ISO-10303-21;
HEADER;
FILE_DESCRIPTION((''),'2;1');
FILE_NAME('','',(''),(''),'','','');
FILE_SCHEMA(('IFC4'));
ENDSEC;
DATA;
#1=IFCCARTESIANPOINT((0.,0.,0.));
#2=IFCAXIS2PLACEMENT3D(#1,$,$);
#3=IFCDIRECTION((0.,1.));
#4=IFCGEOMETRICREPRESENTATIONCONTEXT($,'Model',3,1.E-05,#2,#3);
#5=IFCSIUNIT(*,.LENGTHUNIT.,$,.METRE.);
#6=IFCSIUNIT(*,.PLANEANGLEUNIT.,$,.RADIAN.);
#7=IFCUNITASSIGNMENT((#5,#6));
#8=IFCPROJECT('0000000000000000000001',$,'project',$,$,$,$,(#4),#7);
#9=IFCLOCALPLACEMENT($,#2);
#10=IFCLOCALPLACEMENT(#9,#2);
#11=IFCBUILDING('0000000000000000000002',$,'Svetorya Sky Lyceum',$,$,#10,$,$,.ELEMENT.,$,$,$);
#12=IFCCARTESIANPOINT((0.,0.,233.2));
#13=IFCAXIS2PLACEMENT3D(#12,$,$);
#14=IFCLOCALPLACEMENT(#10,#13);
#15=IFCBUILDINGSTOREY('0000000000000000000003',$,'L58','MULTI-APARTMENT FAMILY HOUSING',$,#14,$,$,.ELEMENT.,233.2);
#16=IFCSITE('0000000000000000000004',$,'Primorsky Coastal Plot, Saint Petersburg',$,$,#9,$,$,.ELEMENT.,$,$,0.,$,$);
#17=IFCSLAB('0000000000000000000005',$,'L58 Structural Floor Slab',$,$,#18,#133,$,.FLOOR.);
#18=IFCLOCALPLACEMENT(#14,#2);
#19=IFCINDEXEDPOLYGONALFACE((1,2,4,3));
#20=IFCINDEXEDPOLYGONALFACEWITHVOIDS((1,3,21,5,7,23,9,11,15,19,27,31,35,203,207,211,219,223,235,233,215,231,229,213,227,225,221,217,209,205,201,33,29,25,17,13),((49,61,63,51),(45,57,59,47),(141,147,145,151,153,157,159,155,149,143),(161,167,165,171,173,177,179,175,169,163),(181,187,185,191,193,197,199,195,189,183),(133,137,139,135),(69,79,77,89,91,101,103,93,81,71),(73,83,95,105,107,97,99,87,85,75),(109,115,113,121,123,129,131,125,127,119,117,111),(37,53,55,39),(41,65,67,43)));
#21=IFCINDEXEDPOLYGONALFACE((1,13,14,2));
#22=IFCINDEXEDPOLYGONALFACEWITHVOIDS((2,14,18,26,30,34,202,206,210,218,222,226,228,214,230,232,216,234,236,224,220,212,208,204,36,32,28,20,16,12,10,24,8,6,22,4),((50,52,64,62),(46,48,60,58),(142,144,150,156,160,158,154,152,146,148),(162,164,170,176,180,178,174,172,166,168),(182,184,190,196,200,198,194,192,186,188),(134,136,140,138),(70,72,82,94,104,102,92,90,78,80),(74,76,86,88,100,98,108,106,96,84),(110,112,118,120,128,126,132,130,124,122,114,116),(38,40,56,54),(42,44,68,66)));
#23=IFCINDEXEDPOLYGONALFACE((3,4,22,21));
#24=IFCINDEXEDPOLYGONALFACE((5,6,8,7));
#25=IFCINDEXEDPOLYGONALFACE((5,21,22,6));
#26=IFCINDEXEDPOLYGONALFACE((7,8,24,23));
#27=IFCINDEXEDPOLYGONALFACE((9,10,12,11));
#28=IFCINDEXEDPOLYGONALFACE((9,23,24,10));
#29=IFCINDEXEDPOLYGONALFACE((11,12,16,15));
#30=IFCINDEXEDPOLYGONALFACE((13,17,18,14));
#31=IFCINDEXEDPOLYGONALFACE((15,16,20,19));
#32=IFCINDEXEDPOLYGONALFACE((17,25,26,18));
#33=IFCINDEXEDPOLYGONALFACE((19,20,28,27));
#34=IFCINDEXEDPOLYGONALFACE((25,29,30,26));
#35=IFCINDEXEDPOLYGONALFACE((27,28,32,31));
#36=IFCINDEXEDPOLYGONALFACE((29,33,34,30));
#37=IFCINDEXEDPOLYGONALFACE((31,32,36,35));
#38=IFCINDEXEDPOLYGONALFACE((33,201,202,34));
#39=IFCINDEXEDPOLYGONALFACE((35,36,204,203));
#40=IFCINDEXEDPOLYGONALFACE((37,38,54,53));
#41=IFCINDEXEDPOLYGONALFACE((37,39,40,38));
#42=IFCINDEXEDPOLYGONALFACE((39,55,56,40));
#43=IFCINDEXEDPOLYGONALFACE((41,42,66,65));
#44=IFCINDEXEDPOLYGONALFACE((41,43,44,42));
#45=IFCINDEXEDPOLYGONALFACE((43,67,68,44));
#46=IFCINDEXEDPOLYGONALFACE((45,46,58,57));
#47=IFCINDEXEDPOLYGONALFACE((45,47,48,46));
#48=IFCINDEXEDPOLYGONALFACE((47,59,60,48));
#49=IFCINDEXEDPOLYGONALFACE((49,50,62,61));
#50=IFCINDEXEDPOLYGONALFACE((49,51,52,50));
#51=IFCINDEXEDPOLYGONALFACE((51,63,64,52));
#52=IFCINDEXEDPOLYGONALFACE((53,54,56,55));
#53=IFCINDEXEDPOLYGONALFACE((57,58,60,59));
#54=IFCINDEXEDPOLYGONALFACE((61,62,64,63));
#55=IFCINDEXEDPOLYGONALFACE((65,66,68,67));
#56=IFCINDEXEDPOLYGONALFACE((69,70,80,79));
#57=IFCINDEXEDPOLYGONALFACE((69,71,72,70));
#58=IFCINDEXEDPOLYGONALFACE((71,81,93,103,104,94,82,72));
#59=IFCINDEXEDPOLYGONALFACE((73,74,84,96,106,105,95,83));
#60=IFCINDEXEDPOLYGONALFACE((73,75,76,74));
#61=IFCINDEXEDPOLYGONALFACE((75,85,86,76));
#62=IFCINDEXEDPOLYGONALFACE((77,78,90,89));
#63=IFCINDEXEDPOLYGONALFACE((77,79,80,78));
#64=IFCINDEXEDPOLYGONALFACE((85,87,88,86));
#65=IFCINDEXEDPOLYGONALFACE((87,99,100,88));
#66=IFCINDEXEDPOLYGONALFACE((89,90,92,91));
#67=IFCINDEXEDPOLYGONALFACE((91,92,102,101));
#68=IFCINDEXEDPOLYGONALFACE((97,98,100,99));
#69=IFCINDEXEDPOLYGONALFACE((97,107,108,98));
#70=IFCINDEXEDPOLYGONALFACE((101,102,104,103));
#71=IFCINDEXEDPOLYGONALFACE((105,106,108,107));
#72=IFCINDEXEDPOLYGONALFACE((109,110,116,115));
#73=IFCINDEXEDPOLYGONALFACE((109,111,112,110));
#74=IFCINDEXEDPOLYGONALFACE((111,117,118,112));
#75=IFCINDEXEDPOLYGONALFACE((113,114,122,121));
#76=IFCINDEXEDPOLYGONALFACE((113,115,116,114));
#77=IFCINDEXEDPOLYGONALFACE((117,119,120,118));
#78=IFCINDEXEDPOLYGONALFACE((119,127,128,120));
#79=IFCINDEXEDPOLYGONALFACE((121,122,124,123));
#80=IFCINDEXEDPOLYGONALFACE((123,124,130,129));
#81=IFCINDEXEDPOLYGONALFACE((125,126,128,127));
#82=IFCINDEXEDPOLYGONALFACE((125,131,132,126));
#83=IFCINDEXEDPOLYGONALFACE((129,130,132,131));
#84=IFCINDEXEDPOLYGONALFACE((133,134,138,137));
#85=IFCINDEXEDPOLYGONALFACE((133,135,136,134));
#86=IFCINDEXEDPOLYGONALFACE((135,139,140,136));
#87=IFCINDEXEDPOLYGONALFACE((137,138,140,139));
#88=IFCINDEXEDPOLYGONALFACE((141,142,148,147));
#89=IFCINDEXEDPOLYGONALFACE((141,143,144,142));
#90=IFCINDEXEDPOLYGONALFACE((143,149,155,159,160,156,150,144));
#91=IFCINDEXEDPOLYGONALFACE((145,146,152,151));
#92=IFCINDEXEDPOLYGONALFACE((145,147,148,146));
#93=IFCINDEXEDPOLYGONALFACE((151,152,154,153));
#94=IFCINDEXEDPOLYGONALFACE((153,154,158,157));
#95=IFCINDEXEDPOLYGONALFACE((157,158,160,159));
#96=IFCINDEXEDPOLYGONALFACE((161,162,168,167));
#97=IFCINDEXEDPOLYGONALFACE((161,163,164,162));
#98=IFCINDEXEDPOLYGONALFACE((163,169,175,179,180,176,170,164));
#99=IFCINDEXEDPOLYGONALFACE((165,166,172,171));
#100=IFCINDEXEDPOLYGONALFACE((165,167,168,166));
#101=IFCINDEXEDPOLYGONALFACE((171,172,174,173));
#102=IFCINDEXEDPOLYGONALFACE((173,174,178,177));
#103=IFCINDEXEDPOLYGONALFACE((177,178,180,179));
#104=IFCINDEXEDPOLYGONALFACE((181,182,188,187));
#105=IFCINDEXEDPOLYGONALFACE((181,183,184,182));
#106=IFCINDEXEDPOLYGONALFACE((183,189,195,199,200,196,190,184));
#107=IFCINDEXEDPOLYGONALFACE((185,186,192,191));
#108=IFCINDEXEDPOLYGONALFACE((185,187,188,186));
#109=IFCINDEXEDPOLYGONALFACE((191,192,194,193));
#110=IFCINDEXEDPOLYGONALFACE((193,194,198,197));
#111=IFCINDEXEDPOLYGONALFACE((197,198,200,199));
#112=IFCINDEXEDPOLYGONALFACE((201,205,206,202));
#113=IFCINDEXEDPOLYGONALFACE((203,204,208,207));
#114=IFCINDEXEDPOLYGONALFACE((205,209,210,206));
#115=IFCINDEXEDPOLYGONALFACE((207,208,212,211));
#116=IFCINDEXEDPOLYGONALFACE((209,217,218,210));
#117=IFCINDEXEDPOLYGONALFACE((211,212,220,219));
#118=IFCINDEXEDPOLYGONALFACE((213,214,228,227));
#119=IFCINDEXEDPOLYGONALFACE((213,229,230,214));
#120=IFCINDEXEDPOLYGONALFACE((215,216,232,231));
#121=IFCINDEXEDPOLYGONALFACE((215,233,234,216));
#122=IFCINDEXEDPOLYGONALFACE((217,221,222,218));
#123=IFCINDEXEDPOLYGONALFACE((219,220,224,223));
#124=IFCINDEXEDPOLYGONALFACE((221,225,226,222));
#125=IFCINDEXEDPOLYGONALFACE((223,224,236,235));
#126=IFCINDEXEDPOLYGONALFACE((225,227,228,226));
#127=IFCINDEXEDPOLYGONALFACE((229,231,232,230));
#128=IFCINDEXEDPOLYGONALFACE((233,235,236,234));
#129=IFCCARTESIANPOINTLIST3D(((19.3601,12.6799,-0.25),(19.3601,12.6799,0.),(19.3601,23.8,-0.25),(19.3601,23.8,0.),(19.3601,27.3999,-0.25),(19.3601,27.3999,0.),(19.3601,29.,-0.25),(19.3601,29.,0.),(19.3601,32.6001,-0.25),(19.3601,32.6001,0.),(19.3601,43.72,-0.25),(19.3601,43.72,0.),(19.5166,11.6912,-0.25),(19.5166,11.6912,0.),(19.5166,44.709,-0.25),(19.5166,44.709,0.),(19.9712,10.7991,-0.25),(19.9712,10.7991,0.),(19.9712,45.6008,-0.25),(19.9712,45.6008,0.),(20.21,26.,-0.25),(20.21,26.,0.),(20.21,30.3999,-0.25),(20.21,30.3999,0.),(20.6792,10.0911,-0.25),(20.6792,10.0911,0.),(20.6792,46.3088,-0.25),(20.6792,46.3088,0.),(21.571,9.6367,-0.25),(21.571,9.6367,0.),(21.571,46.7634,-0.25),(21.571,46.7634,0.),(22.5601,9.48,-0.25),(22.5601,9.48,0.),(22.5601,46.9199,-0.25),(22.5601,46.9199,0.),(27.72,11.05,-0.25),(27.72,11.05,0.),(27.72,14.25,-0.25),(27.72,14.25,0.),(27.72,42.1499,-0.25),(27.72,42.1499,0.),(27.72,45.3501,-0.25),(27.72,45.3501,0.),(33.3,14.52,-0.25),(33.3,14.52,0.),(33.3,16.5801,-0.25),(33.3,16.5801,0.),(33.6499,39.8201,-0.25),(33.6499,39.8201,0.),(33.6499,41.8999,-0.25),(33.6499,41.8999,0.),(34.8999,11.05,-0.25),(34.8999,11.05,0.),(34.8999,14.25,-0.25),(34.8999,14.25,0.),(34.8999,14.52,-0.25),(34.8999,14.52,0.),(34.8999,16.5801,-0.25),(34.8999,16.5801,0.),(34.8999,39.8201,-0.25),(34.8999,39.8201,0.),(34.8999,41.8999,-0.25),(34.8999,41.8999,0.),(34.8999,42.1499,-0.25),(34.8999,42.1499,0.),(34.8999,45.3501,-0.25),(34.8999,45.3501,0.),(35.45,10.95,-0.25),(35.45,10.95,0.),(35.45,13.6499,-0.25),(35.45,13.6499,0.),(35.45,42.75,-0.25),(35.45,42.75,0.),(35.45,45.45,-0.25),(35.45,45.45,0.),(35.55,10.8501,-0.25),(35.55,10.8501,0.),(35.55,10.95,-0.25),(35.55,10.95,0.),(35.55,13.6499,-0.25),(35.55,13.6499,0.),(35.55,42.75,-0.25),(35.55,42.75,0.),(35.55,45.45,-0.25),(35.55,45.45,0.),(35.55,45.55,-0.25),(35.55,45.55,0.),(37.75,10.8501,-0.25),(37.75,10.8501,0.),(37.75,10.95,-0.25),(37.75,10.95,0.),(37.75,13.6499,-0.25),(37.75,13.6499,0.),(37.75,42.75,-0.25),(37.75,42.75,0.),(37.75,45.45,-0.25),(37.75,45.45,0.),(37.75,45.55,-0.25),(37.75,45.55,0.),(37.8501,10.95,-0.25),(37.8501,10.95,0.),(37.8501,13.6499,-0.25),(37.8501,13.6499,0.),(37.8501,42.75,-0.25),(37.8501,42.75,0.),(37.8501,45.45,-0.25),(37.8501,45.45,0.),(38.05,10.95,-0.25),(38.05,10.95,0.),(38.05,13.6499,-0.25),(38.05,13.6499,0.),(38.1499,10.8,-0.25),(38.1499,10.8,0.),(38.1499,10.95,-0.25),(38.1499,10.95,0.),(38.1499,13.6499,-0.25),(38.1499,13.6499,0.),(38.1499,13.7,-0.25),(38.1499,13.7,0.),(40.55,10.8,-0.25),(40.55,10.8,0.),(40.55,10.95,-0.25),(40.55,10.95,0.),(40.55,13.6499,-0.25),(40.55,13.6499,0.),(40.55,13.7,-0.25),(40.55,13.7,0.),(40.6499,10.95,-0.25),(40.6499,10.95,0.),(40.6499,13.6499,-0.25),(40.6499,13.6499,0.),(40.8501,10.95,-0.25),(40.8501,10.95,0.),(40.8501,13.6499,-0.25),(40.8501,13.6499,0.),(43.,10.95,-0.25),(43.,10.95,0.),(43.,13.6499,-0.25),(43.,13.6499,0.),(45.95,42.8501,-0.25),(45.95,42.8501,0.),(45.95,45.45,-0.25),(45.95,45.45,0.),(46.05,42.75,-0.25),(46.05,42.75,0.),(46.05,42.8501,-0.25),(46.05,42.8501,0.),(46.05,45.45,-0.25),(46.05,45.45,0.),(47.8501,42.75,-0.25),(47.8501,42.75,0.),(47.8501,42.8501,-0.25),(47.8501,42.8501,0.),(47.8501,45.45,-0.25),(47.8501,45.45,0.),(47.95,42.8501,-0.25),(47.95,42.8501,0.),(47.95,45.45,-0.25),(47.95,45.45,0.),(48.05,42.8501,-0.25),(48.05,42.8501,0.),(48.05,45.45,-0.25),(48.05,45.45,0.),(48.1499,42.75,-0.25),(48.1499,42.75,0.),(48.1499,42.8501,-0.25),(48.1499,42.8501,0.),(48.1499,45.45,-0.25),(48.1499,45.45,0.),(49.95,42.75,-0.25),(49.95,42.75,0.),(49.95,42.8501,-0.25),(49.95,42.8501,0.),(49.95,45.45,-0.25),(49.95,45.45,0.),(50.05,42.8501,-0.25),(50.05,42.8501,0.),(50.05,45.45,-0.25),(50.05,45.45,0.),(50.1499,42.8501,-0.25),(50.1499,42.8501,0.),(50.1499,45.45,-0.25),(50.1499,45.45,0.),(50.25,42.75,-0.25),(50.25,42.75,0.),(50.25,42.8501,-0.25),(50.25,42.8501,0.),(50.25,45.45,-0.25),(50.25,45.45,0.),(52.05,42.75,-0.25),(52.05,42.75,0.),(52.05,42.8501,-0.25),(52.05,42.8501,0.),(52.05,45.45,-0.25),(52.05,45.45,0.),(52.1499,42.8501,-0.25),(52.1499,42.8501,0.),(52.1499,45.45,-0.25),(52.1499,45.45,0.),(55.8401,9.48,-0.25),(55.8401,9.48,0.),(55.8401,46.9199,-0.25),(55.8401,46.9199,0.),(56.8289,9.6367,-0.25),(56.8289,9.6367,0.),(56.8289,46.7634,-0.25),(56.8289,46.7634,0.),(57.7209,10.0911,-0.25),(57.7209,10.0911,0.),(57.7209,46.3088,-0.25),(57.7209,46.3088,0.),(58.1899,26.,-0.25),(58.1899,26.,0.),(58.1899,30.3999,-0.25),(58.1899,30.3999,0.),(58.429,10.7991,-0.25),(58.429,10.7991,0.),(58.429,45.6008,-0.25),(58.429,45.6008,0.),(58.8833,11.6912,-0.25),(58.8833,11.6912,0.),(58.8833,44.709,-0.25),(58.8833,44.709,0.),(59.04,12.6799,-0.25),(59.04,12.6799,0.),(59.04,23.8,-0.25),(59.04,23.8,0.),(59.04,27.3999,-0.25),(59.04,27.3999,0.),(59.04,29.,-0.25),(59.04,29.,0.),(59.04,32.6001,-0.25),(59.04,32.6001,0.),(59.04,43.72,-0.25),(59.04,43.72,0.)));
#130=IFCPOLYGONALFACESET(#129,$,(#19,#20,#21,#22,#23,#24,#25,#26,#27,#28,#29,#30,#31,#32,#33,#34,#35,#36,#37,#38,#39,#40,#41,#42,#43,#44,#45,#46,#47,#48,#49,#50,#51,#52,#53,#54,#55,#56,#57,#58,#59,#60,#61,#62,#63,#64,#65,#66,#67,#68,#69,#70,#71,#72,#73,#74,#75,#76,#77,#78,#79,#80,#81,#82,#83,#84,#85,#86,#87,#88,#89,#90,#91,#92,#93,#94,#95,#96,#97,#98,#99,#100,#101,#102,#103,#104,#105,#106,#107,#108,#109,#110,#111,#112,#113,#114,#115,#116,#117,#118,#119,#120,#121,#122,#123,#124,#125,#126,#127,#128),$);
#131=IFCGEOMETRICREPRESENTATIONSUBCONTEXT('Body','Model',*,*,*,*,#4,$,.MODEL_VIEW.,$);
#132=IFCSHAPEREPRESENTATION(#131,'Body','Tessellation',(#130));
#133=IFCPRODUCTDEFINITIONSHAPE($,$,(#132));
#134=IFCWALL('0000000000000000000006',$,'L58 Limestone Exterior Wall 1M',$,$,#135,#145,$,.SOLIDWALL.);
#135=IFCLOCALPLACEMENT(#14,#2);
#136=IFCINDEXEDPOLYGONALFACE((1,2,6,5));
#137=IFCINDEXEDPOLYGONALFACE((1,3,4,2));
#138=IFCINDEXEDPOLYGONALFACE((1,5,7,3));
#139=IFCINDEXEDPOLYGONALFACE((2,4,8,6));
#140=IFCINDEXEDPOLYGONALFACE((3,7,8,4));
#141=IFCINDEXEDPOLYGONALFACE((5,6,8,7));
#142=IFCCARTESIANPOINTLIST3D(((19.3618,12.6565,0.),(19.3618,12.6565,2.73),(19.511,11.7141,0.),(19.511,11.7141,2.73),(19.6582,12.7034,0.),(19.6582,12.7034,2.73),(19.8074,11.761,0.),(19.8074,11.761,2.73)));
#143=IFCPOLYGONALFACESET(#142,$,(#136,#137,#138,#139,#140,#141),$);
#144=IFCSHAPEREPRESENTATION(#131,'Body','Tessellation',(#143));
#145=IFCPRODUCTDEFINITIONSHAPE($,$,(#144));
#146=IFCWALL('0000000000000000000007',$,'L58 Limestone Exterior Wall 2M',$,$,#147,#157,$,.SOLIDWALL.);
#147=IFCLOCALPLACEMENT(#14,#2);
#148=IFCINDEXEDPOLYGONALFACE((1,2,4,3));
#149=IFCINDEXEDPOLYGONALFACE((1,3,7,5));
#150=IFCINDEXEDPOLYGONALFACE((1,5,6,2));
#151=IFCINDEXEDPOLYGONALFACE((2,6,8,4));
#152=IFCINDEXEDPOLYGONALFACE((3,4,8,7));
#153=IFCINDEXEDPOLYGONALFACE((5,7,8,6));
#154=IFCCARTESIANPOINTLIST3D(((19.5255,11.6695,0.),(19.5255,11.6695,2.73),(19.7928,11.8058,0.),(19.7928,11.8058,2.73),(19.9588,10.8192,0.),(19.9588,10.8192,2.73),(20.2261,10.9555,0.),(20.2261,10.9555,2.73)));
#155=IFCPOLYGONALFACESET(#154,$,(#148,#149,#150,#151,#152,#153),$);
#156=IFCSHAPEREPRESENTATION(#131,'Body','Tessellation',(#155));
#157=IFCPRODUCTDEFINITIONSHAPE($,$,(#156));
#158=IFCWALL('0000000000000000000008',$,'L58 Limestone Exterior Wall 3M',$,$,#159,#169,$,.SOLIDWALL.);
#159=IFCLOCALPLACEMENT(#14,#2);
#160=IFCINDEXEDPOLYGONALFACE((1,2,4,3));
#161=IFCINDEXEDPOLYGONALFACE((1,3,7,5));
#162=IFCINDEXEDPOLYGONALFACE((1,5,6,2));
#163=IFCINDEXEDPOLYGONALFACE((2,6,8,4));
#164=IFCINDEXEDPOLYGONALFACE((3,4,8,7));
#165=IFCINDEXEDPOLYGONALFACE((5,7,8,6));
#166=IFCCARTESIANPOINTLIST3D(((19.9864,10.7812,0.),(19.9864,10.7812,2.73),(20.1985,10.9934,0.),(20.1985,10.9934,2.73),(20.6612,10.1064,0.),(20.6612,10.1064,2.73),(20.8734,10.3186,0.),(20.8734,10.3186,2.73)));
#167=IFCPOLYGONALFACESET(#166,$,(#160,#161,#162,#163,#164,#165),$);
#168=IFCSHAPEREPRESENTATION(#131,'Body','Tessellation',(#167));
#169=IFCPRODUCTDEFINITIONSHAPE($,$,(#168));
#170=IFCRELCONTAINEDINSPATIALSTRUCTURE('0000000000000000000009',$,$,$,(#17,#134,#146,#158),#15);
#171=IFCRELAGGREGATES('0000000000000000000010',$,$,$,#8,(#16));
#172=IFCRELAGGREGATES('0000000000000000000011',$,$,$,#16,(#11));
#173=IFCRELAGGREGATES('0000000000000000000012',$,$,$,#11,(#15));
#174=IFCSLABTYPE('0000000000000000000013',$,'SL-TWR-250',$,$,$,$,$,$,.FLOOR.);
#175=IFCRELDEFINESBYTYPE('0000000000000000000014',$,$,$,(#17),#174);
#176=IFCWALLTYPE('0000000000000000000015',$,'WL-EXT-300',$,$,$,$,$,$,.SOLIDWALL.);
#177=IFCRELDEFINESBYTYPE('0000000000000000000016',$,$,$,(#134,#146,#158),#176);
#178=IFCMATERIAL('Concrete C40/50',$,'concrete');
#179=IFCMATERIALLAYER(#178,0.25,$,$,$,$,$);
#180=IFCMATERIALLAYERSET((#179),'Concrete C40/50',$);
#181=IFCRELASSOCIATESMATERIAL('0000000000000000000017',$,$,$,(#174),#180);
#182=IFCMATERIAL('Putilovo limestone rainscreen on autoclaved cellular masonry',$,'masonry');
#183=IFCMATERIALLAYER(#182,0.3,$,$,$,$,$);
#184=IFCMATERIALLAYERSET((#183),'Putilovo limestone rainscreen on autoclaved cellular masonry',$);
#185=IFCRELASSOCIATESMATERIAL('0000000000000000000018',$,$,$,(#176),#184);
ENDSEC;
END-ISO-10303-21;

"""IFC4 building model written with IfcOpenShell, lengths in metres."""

from ifc_helpers import new_model, si_unit, direction, frame, frame_2d, origin, place, context, subcontext, project, spatial, polyline, rectangle, outline, extrude, material, layer, layer_set, type_object, element, save


model = new_model("IFC4")

# Units and contexts
model_context = context("Model", 3, precision=1e-05, world=origin(), true_north=direction((0.0, 1.0)))
body_context = subcontext(model_context, "Body", "Model", "MODEL_VIEW")
ifc_project = project(units=[si_unit("LENGTHUNIT", "METRE"), si_unit("PLANEANGLEUNIT", "RADIAN")], contexts=[model_context])

# Site, building, storey
site_placement = place(None, origin())
site = spatial("IfcSite", under=ifc_project, at=site_placement, Name="Primorsky Coastal Plot, Saint Petersburg", CompositionType="ELEMENT", RefElevation=0.0)
building_placement = place(site_placement, origin())
building = spatial("IfcBuilding", under=site, at=building_placement, Name="Svetorya Sky Lyceum", CompositionType="ELEMENT")
storey_placement = place(building_placement, frame((0.0, 0.0, 233.2)))
storey = spatial("IfcBuildingStorey", under=building, at=storey_placement, Name="L58", Description="MULTI-APARTMENT FAMILY HOUSING", CompositionType="ELEMENT", Elevation=233.2)

# Shared definitions
ifc_material_1 = material(Name="Concrete C40/50", Category="concrete")

# Slab
ifc_layer_1 = layer(ifc_material_1, 0.25)
ifc_layer_set_1 = layer_set([ifc_layer_1], Name="Concrete C40/50")
slab_type_1 = type_object("IfcSlabType", Name="SL-TWR-250", PredefinedType="FLOOR", material=ifc_layer_set_1)
slab_1_placement = place(storey_placement, frame((0.0, 0.0, -0.25)))
element("IfcSlab", 1, at=slab_1_placement, inside=storey, type_object=slab_type_1, Name="L58 Structural Floor Slab", PredefinedType="FLOOR", context=body_context, shape_type="SweptSolid", body=[
    extrude(outline(polyline([(19.3601, 12.6799), (19.5166, 11.6912), (19.9712, 10.7991), (20.6792, 10.0911), (21.571, 9.6367), (22.5601, 9.48), (55.8401, 9.48), (56.8289, 9.6367), (57.7209, 10.0911), (58.429, 10.7991), (58.8833, 11.6912), (59.04, 12.6799), (59.04, 23.8), (58.1899, 26.0), (59.04, 27.3999), (59.04, 29.0), (58.1899, 30.3999), (59.04, 32.6001), (59.04, 43.72), (58.8833, 44.709), (58.429, 45.6008), (57.7209, 46.3088), (56.8289, 46.7634), (55.8401, 46.9199), (22.5601, 46.9199), (21.571, 46.7634), (20.6792, 46.3088), (19.9712, 45.6008), (19.5166, 44.709), (19.3601, 43.72), (19.3601, 32.6001), (20.21, 30.3999), (19.3601, 29.0), (19.3601, 27.3999), (20.21, 26.0), (19.3601, 23.8), (19.3601, 12.6799)]), holes=[polyline([(37.8501, 10.95), (37.75, 10.95), (37.75, 10.8501), (35.55, 10.8501), (35.55, 10.95), (35.45, 10.95), (35.45, 13.6499), (35.55, 13.6499), (37.75, 13.6499), (37.8501, 13.6499), (37.8501, 10.95)]), polyline([(38.1499, 10.8), (38.1499, 10.95), (38.05, 10.95), (38.05, 13.6499), (38.1499, 13.6499), (38.1499, 13.7), (40.55, 13.7), (40.55, 13.6499), (40.6499, 13.6499), (40.6499, 10.95), (40.55, 10.95), (40.55, 10.8), (38.1499, 10.8)]), polyline([(27.72, 11.05), (27.72, 14.25), (34.8999, 14.25), (34.8999, 11.05), (27.72, 11.05)]), polyline([(33.3, 14.52), (33.3, 16.5801), (34.8999, 16.5801), (34.8999, 14.52), (33.3, 14.52)]), polyline([(33.6499, 39.8201), (33.6499, 41.8999), (34.8999, 41.8999), (34.8999, 39.8201), (33.6499, 39.8201)]), polyline([(27.72, 42.1499), (27.72, 45.3501), (34.8999, 45.3501), (34.8999, 42.1499), (27.72, 42.1499)]), polyline([(37.75, 42.75), (35.55, 42.75), (35.45, 42.75), (35.45, 45.45), (35.55, 45.45), (35.55, 45.55), (37.75, 45.55), (37.75, 45.45), (37.8501, 45.45), (37.8501, 42.75), (37.75, 42.75)]), polyline([(40.8501, 10.95), (40.8501, 13.6499), (43.0, 13.6499), (43.0, 10.95), (40.8501, 10.95)]), polyline([(46.05, 42.75), (46.05, 42.8501), (45.95, 42.8501), (45.95, 45.45), (46.05, 45.45), (47.8501, 45.45), (47.95, 45.45), (47.95, 42.8501), (47.8501, 42.8501), (47.8501, 42.75), (46.05, 42.75)]), polyline([(50.05, 42.8501), (49.95, 42.8501), (49.95, 42.75), (48.1499, 42.75), (48.1499, 42.8501), (48.05, 42.8501), (48.05, 45.45), (48.1499, 45.45), (49.95, 45.45), (50.05, 45.45), (50.05, 42.8501)]), polyline([(52.1499, 42.8501), (52.05, 42.8501), (52.05, 42.75), (50.25, 42.75), (50.25, 42.8501), (50.1499, 42.8501), (50.1499, 45.45), (50.25, 45.45), (52.05, 45.45), (52.1499, 45.45), (52.1499, 42.8501)])]), origin(), (0.0, 0.0, 1.0), 0.25),
])

# Walls
ifc_material_2 = material(Name="Putilovo limestone rainscreen on autoclaved cellular masonry", Category="masonry")
ifc_layer_2 = layer(ifc_material_2, 0.3)
ifc_layer_set_2 = layer_set([ifc_layer_2], Name="Putilovo limestone rainscreen on autoclaved cellular masonry")
wall_type_1 = type_object("IfcWallType", Name="WL-EXT-300", PredefinedType="SOLIDWALL", material=ifc_layer_set_2)
wall_1_placement = place(storey_placement, frame((19.51, 12.6799, 0.0), z_axis=(0.0, 0.0, 1.0), x_axis=(0.156344, -0.987703, 0.0)))
element("IfcWall", 2, at=wall_1_placement, inside=storey, type_object=wall_type_1, Name="L58 Limestone Exterior Wall 1M", PredefinedType="SOLIDWALL", context=body_context, shape_type="SweptSolid", body=[
    extrude(rectangle(XDim=0.9541, YDim=0.3, at=frame_2d((0.4771, 0.0))), origin(), (0.0, 0.0, 1.0), 2.73),
])
for number, where, z_axis, x_axis, name in (
    (3, (19.6592, 11.7375, 0.0), (0.0, 0.0, 1.0), (0.454056, -0.890973, 0.0), "L58 Limestone Exterior Wall 2M"),
    (4, (20.0925, 10.8872, 0.0), (0.0, 0.0, 1.0), (0.707107, -0.707107, 0.0), "L58 Limestone Exterior Wall 3M"),
):
    element("IfcWall", number, at=place(storey_placement, frame(where, z_axis=z_axis, x_axis=x_axis)), inside=storey, type_object=wall_type_1, Name=name, PredefinedType="SOLIDWALL", context=body_context, shape_type="SweptSolid", body=[
        extrude(rectangle(XDim=0.9543, YDim=0.3, at=frame_2d((0.4771, 0.0))), origin(), (0.0, 0.0, 1.0), 2.73),
    ])

save(model, "model.ifc")
